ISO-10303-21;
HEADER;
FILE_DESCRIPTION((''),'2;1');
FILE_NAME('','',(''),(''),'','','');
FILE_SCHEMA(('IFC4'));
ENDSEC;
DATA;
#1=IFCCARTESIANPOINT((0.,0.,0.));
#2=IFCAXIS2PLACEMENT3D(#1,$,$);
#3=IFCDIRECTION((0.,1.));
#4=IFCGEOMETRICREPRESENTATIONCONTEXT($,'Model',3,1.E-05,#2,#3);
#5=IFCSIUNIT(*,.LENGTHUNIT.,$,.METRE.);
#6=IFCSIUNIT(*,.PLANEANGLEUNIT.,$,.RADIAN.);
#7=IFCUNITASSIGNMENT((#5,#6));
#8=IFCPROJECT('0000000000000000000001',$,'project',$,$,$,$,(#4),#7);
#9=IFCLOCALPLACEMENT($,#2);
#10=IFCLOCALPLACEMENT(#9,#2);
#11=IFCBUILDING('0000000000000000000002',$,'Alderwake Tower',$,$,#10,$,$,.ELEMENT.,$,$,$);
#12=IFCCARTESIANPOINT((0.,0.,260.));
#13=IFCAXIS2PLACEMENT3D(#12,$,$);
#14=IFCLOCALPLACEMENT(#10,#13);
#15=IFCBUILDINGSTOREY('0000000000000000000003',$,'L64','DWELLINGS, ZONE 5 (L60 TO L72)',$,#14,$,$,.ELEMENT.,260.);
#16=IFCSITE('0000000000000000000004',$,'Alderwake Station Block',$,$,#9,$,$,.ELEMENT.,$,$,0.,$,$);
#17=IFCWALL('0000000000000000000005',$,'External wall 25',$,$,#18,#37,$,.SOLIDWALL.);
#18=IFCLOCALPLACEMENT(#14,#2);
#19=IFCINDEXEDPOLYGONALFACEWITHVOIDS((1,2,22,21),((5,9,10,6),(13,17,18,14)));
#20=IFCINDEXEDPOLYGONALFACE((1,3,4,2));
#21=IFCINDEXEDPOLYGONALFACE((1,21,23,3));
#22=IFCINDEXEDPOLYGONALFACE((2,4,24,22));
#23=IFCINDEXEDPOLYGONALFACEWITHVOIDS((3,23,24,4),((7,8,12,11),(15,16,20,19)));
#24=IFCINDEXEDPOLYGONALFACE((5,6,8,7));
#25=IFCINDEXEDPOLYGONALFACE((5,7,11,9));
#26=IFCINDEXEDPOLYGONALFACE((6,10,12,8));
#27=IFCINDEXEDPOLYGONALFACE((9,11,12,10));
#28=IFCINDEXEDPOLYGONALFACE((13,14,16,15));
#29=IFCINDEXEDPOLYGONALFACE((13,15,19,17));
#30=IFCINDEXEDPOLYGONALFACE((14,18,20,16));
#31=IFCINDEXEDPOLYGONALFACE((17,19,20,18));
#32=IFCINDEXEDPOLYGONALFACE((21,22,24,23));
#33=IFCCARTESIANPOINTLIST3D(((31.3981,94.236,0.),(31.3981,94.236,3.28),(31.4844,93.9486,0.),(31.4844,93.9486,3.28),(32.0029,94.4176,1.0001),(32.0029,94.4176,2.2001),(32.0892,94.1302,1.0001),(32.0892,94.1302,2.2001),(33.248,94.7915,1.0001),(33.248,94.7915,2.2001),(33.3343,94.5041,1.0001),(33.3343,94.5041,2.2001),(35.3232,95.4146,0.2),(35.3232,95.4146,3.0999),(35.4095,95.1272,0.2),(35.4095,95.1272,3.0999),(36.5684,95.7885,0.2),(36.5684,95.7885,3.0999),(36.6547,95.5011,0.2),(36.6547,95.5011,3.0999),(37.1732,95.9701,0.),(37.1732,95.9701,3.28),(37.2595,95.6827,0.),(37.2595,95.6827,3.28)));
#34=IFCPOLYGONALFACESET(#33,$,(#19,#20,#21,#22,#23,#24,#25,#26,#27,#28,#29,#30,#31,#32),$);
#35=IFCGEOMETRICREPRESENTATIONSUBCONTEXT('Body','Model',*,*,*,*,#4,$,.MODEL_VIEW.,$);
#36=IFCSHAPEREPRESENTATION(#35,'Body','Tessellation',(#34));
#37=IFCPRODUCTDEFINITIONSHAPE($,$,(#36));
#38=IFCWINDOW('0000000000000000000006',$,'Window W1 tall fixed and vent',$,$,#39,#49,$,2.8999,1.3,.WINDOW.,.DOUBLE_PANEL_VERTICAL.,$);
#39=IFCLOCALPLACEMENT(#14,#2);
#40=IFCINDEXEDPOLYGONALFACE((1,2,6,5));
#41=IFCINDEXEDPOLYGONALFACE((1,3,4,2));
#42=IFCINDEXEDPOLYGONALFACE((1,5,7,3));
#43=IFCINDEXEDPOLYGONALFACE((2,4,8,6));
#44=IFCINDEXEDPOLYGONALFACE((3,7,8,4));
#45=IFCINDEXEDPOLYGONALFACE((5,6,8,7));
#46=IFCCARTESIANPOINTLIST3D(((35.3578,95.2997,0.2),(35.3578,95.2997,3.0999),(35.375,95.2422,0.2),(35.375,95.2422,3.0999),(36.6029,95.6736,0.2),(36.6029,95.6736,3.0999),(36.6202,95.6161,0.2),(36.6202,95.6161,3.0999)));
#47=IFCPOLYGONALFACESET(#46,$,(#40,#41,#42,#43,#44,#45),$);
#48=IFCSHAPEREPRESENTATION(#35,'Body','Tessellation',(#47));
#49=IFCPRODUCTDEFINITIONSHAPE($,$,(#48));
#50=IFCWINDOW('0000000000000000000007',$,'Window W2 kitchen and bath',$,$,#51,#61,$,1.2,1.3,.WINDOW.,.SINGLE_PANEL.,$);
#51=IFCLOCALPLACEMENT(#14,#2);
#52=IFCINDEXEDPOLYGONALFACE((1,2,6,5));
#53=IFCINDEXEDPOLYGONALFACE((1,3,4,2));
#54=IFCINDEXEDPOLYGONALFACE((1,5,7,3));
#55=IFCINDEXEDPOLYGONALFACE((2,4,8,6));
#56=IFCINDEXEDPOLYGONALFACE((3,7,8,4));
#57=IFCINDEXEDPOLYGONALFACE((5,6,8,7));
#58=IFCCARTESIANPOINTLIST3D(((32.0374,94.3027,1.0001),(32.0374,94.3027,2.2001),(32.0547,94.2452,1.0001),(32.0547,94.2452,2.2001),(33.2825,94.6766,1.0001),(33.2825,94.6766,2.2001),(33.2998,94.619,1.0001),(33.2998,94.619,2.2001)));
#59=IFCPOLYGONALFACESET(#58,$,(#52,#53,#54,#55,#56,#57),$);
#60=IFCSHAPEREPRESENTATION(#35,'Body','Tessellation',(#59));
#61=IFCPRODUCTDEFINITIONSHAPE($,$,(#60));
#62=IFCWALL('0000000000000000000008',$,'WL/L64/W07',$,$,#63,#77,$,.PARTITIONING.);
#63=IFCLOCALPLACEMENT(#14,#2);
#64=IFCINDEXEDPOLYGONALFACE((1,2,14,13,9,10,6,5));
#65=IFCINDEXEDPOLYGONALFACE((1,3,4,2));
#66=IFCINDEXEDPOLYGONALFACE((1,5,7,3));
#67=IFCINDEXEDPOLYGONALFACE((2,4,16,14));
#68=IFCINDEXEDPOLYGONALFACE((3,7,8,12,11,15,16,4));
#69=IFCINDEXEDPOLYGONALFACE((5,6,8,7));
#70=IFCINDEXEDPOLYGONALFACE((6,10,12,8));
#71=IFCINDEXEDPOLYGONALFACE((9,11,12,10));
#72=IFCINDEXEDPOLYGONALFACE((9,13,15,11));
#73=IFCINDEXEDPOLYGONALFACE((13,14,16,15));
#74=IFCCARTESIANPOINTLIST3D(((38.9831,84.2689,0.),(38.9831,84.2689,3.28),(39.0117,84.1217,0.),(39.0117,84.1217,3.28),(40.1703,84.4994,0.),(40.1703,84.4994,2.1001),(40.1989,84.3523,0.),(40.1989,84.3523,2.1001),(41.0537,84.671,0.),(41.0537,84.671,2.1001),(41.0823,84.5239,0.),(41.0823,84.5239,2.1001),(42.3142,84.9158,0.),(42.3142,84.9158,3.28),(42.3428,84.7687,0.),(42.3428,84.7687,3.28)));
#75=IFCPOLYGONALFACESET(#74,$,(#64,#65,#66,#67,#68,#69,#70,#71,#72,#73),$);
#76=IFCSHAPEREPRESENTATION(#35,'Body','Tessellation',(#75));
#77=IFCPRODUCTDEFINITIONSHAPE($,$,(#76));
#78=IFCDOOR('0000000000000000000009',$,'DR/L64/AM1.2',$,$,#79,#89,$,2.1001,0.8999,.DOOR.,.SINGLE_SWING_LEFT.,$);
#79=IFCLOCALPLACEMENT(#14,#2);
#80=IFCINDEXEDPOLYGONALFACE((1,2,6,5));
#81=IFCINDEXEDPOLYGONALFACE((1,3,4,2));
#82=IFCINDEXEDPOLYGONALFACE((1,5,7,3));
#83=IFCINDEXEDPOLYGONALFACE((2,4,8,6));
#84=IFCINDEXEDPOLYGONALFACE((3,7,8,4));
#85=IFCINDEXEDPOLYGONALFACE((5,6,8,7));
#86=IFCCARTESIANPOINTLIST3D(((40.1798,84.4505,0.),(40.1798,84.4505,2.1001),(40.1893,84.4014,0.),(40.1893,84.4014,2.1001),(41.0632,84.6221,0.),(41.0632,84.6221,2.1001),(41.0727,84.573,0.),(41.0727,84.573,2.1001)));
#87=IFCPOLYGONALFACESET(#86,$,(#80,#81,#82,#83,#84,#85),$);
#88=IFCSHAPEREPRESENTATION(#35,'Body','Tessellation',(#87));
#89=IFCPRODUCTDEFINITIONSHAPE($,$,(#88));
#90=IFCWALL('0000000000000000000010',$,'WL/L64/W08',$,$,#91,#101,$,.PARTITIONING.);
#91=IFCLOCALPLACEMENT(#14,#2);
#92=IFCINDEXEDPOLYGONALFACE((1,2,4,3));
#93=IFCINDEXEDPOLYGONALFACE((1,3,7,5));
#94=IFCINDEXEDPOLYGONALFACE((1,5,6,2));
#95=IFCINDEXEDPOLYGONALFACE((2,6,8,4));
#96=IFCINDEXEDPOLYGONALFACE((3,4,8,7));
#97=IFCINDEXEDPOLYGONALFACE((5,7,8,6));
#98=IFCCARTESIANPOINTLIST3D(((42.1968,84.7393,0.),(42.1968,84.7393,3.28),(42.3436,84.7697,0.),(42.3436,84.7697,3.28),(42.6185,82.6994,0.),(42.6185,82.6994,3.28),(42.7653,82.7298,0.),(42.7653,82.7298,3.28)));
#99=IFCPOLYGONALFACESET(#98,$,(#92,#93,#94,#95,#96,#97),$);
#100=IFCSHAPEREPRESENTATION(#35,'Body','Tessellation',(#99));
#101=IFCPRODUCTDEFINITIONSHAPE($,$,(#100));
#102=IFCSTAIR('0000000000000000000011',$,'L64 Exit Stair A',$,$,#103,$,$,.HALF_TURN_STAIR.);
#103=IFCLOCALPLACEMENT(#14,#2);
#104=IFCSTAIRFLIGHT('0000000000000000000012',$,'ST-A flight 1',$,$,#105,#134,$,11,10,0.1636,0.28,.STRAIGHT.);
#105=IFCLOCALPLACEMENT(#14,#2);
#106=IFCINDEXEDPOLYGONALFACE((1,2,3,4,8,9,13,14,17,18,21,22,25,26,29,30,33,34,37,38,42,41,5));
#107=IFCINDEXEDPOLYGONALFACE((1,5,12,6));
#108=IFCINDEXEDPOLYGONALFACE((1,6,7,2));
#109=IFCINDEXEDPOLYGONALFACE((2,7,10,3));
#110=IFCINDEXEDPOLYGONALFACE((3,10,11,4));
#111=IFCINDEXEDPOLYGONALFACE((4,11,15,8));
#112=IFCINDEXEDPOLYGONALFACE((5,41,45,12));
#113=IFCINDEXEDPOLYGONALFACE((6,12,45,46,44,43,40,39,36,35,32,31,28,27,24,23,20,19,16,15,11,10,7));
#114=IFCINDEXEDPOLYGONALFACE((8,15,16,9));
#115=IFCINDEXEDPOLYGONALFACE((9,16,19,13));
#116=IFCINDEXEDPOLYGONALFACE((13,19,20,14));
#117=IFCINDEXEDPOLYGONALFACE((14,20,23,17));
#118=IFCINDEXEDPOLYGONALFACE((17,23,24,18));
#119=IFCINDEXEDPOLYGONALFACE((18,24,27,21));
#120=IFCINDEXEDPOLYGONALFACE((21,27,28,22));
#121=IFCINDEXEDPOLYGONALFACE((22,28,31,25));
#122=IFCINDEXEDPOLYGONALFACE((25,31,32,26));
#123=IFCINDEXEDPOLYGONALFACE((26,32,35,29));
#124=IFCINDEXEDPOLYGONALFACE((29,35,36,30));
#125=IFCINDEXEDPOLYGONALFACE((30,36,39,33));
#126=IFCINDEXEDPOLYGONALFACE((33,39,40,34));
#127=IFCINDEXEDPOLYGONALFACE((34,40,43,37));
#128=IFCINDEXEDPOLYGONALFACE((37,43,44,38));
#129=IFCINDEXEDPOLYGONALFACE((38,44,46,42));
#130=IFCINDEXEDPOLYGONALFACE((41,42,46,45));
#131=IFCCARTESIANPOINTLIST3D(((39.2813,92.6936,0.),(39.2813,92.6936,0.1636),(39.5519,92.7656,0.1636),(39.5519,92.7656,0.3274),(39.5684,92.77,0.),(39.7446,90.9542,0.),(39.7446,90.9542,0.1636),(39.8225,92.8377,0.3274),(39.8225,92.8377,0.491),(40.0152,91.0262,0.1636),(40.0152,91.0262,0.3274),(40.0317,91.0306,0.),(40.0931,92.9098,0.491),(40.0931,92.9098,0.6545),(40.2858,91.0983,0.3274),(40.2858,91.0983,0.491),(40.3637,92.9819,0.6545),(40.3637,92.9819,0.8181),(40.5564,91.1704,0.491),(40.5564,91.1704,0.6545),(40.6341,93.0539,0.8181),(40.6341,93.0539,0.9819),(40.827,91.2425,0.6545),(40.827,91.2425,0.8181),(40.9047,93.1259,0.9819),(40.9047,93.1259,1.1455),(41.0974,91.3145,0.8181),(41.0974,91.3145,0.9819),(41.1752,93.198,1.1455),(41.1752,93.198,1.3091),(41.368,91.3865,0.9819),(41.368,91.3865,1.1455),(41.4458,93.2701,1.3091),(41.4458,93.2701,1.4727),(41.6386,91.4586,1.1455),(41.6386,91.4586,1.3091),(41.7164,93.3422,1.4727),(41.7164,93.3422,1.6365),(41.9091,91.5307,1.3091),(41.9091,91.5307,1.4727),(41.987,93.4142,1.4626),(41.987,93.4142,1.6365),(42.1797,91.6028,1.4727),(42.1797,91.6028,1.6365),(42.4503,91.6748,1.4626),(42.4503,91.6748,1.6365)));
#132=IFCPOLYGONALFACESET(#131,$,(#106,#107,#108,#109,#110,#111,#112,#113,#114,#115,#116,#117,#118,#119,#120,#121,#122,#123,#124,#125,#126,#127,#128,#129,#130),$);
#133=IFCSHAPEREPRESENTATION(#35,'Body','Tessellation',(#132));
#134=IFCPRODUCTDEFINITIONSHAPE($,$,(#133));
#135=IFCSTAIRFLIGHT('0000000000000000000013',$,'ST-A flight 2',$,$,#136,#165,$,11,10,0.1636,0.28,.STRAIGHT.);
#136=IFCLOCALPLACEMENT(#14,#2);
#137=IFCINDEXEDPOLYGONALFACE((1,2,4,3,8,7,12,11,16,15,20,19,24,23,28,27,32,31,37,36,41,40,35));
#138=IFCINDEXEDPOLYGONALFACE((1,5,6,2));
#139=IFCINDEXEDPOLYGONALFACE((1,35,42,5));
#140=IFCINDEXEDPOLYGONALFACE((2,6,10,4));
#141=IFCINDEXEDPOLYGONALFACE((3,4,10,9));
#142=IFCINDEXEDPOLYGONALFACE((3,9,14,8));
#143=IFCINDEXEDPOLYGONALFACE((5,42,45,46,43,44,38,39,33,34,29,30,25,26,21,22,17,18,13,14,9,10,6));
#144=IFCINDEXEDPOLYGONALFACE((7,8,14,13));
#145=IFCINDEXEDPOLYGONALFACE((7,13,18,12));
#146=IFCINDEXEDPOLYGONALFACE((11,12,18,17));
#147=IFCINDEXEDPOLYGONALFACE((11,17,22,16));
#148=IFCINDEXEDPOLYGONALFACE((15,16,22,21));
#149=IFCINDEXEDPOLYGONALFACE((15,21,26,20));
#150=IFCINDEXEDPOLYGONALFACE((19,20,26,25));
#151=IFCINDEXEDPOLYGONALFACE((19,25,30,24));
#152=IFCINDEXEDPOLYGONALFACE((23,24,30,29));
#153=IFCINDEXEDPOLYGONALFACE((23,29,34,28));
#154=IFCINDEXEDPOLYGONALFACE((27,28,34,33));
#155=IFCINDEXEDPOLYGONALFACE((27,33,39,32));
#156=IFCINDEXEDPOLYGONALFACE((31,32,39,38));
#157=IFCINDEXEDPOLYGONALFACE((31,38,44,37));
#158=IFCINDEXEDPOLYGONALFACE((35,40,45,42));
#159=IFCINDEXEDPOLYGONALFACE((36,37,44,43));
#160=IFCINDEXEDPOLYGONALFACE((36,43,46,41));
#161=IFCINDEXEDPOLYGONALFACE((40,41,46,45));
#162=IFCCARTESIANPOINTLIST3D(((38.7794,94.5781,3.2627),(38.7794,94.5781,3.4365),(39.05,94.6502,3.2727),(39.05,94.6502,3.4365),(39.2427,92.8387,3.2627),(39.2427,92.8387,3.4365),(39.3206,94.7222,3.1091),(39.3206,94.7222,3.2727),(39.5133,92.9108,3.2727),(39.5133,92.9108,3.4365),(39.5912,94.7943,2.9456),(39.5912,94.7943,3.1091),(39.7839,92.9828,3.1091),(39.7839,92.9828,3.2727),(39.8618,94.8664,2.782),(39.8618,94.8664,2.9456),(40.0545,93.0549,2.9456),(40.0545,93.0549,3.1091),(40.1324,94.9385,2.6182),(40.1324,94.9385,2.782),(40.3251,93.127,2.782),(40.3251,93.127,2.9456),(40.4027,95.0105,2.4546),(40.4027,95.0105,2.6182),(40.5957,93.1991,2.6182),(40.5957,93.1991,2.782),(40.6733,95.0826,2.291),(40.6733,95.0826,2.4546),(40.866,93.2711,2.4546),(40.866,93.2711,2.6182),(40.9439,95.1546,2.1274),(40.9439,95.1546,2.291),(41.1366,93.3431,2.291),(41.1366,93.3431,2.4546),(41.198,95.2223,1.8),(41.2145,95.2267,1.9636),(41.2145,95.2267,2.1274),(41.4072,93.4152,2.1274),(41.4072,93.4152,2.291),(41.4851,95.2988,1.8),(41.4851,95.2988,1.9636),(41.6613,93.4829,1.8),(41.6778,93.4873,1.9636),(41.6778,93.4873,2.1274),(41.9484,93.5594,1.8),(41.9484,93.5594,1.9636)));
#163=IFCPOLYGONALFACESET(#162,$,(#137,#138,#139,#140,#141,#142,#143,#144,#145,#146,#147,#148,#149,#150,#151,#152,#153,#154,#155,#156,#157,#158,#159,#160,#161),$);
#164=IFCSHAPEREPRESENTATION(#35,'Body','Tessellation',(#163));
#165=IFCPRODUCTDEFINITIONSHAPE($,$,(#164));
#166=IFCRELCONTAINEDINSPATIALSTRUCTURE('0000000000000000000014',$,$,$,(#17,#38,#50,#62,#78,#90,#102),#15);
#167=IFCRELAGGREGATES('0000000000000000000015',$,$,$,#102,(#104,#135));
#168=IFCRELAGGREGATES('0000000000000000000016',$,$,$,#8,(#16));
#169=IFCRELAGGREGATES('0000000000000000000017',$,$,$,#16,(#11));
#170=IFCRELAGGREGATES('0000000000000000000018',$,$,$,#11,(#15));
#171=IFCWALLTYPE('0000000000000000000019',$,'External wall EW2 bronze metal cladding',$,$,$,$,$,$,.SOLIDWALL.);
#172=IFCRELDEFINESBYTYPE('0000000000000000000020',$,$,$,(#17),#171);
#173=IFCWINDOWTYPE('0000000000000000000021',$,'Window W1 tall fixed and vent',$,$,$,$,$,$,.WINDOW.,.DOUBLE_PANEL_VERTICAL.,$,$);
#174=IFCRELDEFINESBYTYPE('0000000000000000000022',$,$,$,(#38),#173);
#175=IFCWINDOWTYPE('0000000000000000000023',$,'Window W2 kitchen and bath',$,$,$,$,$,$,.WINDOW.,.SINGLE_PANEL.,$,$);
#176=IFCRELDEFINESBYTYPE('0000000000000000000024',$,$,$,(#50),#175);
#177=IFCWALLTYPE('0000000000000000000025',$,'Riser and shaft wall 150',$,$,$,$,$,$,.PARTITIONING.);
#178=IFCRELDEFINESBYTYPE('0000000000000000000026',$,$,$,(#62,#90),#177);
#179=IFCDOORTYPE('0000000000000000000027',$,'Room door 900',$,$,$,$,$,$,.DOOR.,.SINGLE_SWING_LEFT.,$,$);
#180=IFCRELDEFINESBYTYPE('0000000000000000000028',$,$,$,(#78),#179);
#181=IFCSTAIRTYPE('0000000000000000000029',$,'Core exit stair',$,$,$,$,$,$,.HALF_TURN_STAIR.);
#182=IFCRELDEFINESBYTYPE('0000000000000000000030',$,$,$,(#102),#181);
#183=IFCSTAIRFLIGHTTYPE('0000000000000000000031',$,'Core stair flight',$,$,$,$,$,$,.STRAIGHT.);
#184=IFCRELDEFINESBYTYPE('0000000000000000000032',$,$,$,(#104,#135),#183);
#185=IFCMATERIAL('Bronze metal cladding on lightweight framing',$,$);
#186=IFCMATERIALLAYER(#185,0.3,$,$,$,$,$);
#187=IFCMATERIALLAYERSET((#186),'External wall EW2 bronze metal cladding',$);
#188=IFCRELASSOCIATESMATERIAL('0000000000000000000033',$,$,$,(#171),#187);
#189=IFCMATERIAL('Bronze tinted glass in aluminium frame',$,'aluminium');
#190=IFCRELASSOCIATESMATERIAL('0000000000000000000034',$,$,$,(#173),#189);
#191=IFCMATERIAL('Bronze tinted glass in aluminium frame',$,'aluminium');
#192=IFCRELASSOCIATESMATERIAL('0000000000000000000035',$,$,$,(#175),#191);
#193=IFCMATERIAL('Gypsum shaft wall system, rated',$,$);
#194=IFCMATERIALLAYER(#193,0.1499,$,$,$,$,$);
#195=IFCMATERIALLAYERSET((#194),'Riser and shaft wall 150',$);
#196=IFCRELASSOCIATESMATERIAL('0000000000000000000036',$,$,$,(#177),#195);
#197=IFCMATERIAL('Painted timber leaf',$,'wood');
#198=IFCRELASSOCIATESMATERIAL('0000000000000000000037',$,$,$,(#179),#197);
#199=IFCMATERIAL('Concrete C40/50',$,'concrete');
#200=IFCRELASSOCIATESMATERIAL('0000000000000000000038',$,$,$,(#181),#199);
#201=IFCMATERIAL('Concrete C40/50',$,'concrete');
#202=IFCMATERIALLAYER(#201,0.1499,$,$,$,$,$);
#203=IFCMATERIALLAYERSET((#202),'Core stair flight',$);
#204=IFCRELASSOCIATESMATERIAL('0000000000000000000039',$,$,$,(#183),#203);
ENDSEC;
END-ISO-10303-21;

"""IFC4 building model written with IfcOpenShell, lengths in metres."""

from ifc_helpers import new_model, si_unit, direction, frame, frame_2d, origin, place, context, subcontext, project, spatial, polyline, rectangle, outline, extrude, material, layer, layer_set, type_object, element, fill, aggregate, save


model = new_model("IFC4")

# Units and contexts
model_context = context("Model", 3, precision=1e-05, world=origin(), true_north=direction((0.0, 1.0)))
body_context = subcontext(model_context, "Body", "Model", "MODEL_VIEW")
ifc_project = project(units=[si_unit("LENGTHUNIT", "METRE"), si_unit("PLANEANGLEUNIT", "RADIAN")], contexts=[model_context])

# Site, building, storey
site_placement = place(None, origin())
site = spatial("IfcSite", under=ifc_project, at=site_placement, Name="Alderwake Station Block", CompositionType="ELEMENT", RefElevation=0.0)
building_placement = place(site_placement, origin())
building = spatial("IfcBuilding", under=site, at=building_placement, Name="Alderwake Tower", CompositionType="ELEMENT")
storey_placement = place(building_placement, frame((0.0, 0.0, 260.0)))
storey = spatial("IfcBuildingStorey", under=building, at=storey_placement, Name="L64", Description="DWELLINGS, ZONE 5 (L60 TO L72)", CompositionType="ELEMENT", Elevation=260.0)

# Wall, openings, windows
ifc_material_1 = material(Name="Bronze metal cladding on lightweight framing")
ifc_layer_1 = layer(ifc_material_1, 0.3)
ifc_layer_set_1 = layer_set([ifc_layer_1], Name="External wall EW2 bronze metal cladding")
wall_type_1 = type_object("IfcWallType", Name="External wall EW2 bronze metal cladding", PredefinedType="SOLIDWALL", material=ifc_layer_set_1)
wall_1_placement = place(storey_placement, frame((37.2163, 95.8264, 0.0), z_axis=(0.0, 0.0, 1.0), x_axis=(-0.957754, -0.287589, 0.0)))
wall_1 = element("IfcWall", 1, at=wall_1_placement, inside=storey, type_object=wall_type_1, Name="External wall 25", PredefinedType="SOLIDWALL", context=body_context, shape_type="SweptSolid", body=[
    extrude(rectangle(XDim=6.0298, YDim=0.3, at=frame_2d((3.0149, 0.0))), origin(), (0.0, 0.0, 1.0), 3.28),
])
opening_1_placement = place(wall_1_placement, frame((0.6316, 0.0, 0.2)))
opening_1 = element("IfcOpeningElement", 2, at=opening_1_placement, cuts=wall_1, PredefinedType="OPENING", context=body_context, shape_type="SweptSolid", body=[
    extrude(rectangle(XDim=1.3, YDim=2.8999, at=frame_2d((0.6499, 1.45))), frame((0.0, 0.1599, 0.0), z_axis=(0.0, -1.0, 0.0), x_axis=(1.0, 0.0, 0.0)), (0.0, 0.0, 1.0), 0.3201),
])
opening_2_placement = place(wall_1_placement, frame((4.0984, 0.0, 1.0)))
opening_2 = element("IfcOpeningElement", 3, at=opening_2_placement, cuts=wall_1, PredefinedType="OPENING", context=body_context, shape_type="SweptSolid", body=[
    extrude(rectangle(XDim=1.3, YDim=1.2, at=frame_2d((0.6499, 0.6001))), frame((0.0, 0.1599, 0.0), z_axis=(0.0, -1.0, 0.0), x_axis=(1.0, 0.0, 0.0)), (0.0, 0.0, 1.0), 0.3201),
])
ifc_material_2 = material(Name="Bronze tinted glass in aluminium frame", Category="aluminium")
window_type_1 = type_object("IfcWindowType", Name="Window W1 tall fixed and vent", PartitioningType="DOUBLE_PANEL_VERTICAL", PredefinedType="WINDOW", material=ifc_material_2)
window_1_placement = place(opening_1_placement, origin())
window_1 = element("IfcWindow", 4, at=window_1_placement, inside=storey, type_object=window_type_1, Name="Window W1 tall fixed and vent", OverallHeight=2.8999, OverallWidth=1.3, PartitioningType="DOUBLE_PANEL_VERTICAL", PredefinedType="WINDOW", context=body_context, shape_type="SweptSolid", body=[
    extrude(rectangle(XDim=1.3, YDim=2.8999, at=frame_2d((0.6499, 1.45))), frame((0.0, 0.03, 0.0), z_axis=(0.0, -1.0, 0.0), x_axis=(1.0, 0.0, 0.0)), (0.0, 0.0, 1.0), 0.0601),
])
fill(opening_1, window_1)
ifc_material_3 = material(Name="Bronze tinted glass in aluminium frame", Category="aluminium")
window_type_2 = type_object("IfcWindowType", Name="Window W2 kitchen and bath", PartitioningType="SINGLE_PANEL", PredefinedType="WINDOW", material=ifc_material_3)
window_2_placement = place(opening_2_placement, origin())
window_2 = element("IfcWindow", 5, at=window_2_placement, inside=storey, type_object=window_type_2, Name="Window W2 kitchen and bath", OverallHeight=1.2, OverallWidth=1.3, PartitioningType="SINGLE_PANEL", PredefinedType="WINDOW", context=body_context, shape_type="SweptSolid", body=[
    extrude(rectangle(XDim=1.3, YDim=1.2, at=frame_2d((0.6499, 0.6001))), frame((0.0, 0.03, 0.0), z_axis=(0.0, -1.0, 0.0), x_axis=(1.0, 0.0, 0.0)), (0.0, 0.0, 1.0), 0.0601),
])
fill(opening_2, window_2)

# Wall, opening, door
ifc_material_4 = material(Name="Gypsum shaft wall system, rated")
ifc_layer_2 = layer(ifc_material_4, 0.1499)
ifc_layer_set_2 = layer_set([ifc_layer_2], Name="Riser and shaft wall 150")
wall_type_2 = type_object("IfcWallType", Name="Riser and shaft wall 150", PredefinedType="PARTITIONING", material=ifc_layer_set_2)
wall_2_placement = place(storey_placement, frame((42.3286, 84.8423, 0.0), z_axis=(0.0, 0.0, 1.0), x_axis=(-0.981656, -0.190662, 0.0)))
wall_2 = element("IfcWall", 6, at=wall_2_placement, inside=storey, type_object=wall_type_2, Name="WL/L64/W07", PredefinedType="PARTITIONING", context=body_context, shape_type="SweptSolid", body=[
    extrude(rectangle(XDim=3.3933, YDim=0.1499, at=frame_2d((1.6968, 0.0))), origin(), (0.0, 0.0, 1.0), 3.28),
])
opening_3_placement = place(wall_2_placement, frame((1.2842, 0.0, 0.0)))
opening_3 = element("IfcOpeningElement", 7, at=opening_3_placement, cuts=wall_2, PredefinedType="OPENING", context=body_context, shape_type="SweptSolid", body=[
    extrude(rectangle(XDim=0.8999, YDim=2.1001, at=frame_2d((0.45, 1.05))), frame((0.0, 0.085, 0.0), z_axis=(0.0, -1.0, 0.0), x_axis=(1.0, 0.0, 0.0)), (0.0, 0.0, 1.0), 0.1699),
])
ifc_material_5 = material(Name="Painted timber leaf", Category="wood")
door_type_1 = type_object("IfcDoorType", Name="Room door 900", OperationType="SINGLE_SWING_LEFT", PredefinedType="DOOR", material=ifc_material_5)
door_1_placement = place(opening_3_placement, origin())
door_1 = element("IfcDoor", 8, at=door_1_placement, inside=storey, type_object=door_type_1, Name="DR/L64/AM1.2", OperationType="SINGLE_SWING_LEFT", OverallHeight=2.1001, OverallWidth=0.8999, PredefinedType="DOOR", context=body_context, shape_type="SweptSolid", body=[
    extrude(rectangle(XDim=0.8999, YDim=2.1001, at=frame_2d((0.45, 1.05))), frame((0.0, 0.0249, 0.0), z_axis=(0.0, -1.0, 0.0), x_axis=(1.0, 0.0, 0.0)), (0.0, 0.0, 1.0), 0.05),
])
fill(opening_3, door_1)

# Wall
wall_3_placement = place(storey_placement, frame((42.6919, 82.7146, 0.0), z_axis=(0.0, 0.0, 1.0), x_axis=(-0.202423, 0.979298, 0.0)))
element("IfcWall", 9, at=wall_3_placement, inside=storey, type_object=wall_type_2, Name="WL/L64/W08", PredefinedType="PARTITIONING", context=body_context, shape_type="SweptSolid", body=[
    extrude(rectangle(XDim=2.083, YDim=0.1499, at=frame_2d((1.0415, 0.0))), origin(), (0.0, 0.0, 1.0), 3.28),
])

# Stair, stair flights
ifc_material_6 = material(Name="Concrete C40/50", Category="concrete")
stair_type = type_object("IfcStairType", Name="Core exit stair", PredefinedType="HALF_TURN_STAIR", material=ifc_material_6)
stair_placement = place(storey_placement, origin())
stair = element("IfcStair", 10, at=stair_placement, inside=storey, type_object=stair_type, Name="L64 Exit Stair A", PredefinedType="HALF_TURN_STAIR")
ifc_material_7 = material(Name="Concrete C40/50", Category="concrete")
ifc_layer_3 = layer(ifc_material_7, 0.1499)
ifc_layer_set_3 = layer_set([ifc_layer_3], Name="Core stair flight")
stair_flight_type = type_object("IfcStairFlightType", Name="Core stair flight", PredefinedType="STRAIGHT", material=ifc_layer_set_3)
stair_flight_1_placement = place(storey_placement, frame((39.5129, 91.824, 0.0), z_axis=(0.0, 0.0, 1.0), x_axis=(0.96631, 0.257382, 0.0)))
stair_flight_1 = element("IfcStairFlight", 11, at=stair_flight_1_placement, type_object=stair_flight_type, Name="ST-A flight 1", NumberOfRisers=11, NumberOfTreads=10, PredefinedType="STRAIGHT", RiserHeight=0.1636, TreadLength=0.28, context=body_context, shape_type="SweptSolid", body=[
    extrude(outline(polyline([(0.0, 0.0), (0.0, 0.1636), (0.28, 0.1636), (0.28, 0.3274), (0.5601, 0.3274), (0.5601, 0.491), (0.8401, 0.491), (0.8401, 0.6545), (1.1201, 0.6545), (1.1201, 0.8181), (1.3999, 0.8181), (1.3999, 0.9819), (1.6799, 0.9819), (1.6799, 1.1455), (1.96, 1.1455), (1.96, 1.3091), (2.24, 1.3091), (2.24, 1.4727), (2.52, 1.4727), (2.52, 1.6365), (2.8, 1.6365), (2.8, 1.8), (2.8, 1.4626), (0.2971, 0.0), (0.0, 0.0)])), frame((0.0, 0.8999, 0.0), z_axis=(0.0, -1.0, 0.0), x_axis=(1.0, 0.0, 0.0)), (0.0, 0.0, 1.0), 1.8),
])
stair_flight_2_placement = place(storey_placement, frame((41.7168, 94.429, 1.8), z_axis=(0.0, 0.0, 1.0), x_axis=(-0.96631, -0.257382, 0.0)))
stair_flight_2 = element("IfcStairFlight", 12, at=stair_flight_2_placement, type_object=stair_flight_type, Name="ST-A flight 2", NumberOfRisers=11, NumberOfTreads=10, PredefinedType="STRAIGHT", RiserHeight=0.1636, TreadLength=0.28, context=body_context, shape_type="SweptSolid", body=[
    extrude(outline(polyline([(0.0, 0.0), (0.0, 0.1636), (0.28, 0.1636), (0.28, 0.3274), (0.5601, 0.3274), (0.5601, 0.491), (0.8401, 0.491), (0.8401, 0.6545), (1.1201, 0.6545), (1.1201, 0.8181), (1.3999, 0.8181), (1.3999, 0.9819), (1.6799, 0.9819), (1.6799, 1.1455), (1.96, 1.1455), (1.96, 1.3091), (2.24, 1.3091), (2.24, 1.4727), (2.52, 1.4727), (2.52, 1.6365), (2.8, 1.6365), (2.8, 1.8), (2.8, 1.4626), (0.2971, 0.0), (0.0, 0.0)])), frame((0.0, 0.8999, 0.0), z_axis=(0.0, -1.0, 0.0), x_axis=(1.0, 0.0, 0.0)), (0.0, 0.0, 1.0), 1.8),
])
aggregate(stair, [stair_flight_1, stair_flight_2])

save(model, "model.ifc")
